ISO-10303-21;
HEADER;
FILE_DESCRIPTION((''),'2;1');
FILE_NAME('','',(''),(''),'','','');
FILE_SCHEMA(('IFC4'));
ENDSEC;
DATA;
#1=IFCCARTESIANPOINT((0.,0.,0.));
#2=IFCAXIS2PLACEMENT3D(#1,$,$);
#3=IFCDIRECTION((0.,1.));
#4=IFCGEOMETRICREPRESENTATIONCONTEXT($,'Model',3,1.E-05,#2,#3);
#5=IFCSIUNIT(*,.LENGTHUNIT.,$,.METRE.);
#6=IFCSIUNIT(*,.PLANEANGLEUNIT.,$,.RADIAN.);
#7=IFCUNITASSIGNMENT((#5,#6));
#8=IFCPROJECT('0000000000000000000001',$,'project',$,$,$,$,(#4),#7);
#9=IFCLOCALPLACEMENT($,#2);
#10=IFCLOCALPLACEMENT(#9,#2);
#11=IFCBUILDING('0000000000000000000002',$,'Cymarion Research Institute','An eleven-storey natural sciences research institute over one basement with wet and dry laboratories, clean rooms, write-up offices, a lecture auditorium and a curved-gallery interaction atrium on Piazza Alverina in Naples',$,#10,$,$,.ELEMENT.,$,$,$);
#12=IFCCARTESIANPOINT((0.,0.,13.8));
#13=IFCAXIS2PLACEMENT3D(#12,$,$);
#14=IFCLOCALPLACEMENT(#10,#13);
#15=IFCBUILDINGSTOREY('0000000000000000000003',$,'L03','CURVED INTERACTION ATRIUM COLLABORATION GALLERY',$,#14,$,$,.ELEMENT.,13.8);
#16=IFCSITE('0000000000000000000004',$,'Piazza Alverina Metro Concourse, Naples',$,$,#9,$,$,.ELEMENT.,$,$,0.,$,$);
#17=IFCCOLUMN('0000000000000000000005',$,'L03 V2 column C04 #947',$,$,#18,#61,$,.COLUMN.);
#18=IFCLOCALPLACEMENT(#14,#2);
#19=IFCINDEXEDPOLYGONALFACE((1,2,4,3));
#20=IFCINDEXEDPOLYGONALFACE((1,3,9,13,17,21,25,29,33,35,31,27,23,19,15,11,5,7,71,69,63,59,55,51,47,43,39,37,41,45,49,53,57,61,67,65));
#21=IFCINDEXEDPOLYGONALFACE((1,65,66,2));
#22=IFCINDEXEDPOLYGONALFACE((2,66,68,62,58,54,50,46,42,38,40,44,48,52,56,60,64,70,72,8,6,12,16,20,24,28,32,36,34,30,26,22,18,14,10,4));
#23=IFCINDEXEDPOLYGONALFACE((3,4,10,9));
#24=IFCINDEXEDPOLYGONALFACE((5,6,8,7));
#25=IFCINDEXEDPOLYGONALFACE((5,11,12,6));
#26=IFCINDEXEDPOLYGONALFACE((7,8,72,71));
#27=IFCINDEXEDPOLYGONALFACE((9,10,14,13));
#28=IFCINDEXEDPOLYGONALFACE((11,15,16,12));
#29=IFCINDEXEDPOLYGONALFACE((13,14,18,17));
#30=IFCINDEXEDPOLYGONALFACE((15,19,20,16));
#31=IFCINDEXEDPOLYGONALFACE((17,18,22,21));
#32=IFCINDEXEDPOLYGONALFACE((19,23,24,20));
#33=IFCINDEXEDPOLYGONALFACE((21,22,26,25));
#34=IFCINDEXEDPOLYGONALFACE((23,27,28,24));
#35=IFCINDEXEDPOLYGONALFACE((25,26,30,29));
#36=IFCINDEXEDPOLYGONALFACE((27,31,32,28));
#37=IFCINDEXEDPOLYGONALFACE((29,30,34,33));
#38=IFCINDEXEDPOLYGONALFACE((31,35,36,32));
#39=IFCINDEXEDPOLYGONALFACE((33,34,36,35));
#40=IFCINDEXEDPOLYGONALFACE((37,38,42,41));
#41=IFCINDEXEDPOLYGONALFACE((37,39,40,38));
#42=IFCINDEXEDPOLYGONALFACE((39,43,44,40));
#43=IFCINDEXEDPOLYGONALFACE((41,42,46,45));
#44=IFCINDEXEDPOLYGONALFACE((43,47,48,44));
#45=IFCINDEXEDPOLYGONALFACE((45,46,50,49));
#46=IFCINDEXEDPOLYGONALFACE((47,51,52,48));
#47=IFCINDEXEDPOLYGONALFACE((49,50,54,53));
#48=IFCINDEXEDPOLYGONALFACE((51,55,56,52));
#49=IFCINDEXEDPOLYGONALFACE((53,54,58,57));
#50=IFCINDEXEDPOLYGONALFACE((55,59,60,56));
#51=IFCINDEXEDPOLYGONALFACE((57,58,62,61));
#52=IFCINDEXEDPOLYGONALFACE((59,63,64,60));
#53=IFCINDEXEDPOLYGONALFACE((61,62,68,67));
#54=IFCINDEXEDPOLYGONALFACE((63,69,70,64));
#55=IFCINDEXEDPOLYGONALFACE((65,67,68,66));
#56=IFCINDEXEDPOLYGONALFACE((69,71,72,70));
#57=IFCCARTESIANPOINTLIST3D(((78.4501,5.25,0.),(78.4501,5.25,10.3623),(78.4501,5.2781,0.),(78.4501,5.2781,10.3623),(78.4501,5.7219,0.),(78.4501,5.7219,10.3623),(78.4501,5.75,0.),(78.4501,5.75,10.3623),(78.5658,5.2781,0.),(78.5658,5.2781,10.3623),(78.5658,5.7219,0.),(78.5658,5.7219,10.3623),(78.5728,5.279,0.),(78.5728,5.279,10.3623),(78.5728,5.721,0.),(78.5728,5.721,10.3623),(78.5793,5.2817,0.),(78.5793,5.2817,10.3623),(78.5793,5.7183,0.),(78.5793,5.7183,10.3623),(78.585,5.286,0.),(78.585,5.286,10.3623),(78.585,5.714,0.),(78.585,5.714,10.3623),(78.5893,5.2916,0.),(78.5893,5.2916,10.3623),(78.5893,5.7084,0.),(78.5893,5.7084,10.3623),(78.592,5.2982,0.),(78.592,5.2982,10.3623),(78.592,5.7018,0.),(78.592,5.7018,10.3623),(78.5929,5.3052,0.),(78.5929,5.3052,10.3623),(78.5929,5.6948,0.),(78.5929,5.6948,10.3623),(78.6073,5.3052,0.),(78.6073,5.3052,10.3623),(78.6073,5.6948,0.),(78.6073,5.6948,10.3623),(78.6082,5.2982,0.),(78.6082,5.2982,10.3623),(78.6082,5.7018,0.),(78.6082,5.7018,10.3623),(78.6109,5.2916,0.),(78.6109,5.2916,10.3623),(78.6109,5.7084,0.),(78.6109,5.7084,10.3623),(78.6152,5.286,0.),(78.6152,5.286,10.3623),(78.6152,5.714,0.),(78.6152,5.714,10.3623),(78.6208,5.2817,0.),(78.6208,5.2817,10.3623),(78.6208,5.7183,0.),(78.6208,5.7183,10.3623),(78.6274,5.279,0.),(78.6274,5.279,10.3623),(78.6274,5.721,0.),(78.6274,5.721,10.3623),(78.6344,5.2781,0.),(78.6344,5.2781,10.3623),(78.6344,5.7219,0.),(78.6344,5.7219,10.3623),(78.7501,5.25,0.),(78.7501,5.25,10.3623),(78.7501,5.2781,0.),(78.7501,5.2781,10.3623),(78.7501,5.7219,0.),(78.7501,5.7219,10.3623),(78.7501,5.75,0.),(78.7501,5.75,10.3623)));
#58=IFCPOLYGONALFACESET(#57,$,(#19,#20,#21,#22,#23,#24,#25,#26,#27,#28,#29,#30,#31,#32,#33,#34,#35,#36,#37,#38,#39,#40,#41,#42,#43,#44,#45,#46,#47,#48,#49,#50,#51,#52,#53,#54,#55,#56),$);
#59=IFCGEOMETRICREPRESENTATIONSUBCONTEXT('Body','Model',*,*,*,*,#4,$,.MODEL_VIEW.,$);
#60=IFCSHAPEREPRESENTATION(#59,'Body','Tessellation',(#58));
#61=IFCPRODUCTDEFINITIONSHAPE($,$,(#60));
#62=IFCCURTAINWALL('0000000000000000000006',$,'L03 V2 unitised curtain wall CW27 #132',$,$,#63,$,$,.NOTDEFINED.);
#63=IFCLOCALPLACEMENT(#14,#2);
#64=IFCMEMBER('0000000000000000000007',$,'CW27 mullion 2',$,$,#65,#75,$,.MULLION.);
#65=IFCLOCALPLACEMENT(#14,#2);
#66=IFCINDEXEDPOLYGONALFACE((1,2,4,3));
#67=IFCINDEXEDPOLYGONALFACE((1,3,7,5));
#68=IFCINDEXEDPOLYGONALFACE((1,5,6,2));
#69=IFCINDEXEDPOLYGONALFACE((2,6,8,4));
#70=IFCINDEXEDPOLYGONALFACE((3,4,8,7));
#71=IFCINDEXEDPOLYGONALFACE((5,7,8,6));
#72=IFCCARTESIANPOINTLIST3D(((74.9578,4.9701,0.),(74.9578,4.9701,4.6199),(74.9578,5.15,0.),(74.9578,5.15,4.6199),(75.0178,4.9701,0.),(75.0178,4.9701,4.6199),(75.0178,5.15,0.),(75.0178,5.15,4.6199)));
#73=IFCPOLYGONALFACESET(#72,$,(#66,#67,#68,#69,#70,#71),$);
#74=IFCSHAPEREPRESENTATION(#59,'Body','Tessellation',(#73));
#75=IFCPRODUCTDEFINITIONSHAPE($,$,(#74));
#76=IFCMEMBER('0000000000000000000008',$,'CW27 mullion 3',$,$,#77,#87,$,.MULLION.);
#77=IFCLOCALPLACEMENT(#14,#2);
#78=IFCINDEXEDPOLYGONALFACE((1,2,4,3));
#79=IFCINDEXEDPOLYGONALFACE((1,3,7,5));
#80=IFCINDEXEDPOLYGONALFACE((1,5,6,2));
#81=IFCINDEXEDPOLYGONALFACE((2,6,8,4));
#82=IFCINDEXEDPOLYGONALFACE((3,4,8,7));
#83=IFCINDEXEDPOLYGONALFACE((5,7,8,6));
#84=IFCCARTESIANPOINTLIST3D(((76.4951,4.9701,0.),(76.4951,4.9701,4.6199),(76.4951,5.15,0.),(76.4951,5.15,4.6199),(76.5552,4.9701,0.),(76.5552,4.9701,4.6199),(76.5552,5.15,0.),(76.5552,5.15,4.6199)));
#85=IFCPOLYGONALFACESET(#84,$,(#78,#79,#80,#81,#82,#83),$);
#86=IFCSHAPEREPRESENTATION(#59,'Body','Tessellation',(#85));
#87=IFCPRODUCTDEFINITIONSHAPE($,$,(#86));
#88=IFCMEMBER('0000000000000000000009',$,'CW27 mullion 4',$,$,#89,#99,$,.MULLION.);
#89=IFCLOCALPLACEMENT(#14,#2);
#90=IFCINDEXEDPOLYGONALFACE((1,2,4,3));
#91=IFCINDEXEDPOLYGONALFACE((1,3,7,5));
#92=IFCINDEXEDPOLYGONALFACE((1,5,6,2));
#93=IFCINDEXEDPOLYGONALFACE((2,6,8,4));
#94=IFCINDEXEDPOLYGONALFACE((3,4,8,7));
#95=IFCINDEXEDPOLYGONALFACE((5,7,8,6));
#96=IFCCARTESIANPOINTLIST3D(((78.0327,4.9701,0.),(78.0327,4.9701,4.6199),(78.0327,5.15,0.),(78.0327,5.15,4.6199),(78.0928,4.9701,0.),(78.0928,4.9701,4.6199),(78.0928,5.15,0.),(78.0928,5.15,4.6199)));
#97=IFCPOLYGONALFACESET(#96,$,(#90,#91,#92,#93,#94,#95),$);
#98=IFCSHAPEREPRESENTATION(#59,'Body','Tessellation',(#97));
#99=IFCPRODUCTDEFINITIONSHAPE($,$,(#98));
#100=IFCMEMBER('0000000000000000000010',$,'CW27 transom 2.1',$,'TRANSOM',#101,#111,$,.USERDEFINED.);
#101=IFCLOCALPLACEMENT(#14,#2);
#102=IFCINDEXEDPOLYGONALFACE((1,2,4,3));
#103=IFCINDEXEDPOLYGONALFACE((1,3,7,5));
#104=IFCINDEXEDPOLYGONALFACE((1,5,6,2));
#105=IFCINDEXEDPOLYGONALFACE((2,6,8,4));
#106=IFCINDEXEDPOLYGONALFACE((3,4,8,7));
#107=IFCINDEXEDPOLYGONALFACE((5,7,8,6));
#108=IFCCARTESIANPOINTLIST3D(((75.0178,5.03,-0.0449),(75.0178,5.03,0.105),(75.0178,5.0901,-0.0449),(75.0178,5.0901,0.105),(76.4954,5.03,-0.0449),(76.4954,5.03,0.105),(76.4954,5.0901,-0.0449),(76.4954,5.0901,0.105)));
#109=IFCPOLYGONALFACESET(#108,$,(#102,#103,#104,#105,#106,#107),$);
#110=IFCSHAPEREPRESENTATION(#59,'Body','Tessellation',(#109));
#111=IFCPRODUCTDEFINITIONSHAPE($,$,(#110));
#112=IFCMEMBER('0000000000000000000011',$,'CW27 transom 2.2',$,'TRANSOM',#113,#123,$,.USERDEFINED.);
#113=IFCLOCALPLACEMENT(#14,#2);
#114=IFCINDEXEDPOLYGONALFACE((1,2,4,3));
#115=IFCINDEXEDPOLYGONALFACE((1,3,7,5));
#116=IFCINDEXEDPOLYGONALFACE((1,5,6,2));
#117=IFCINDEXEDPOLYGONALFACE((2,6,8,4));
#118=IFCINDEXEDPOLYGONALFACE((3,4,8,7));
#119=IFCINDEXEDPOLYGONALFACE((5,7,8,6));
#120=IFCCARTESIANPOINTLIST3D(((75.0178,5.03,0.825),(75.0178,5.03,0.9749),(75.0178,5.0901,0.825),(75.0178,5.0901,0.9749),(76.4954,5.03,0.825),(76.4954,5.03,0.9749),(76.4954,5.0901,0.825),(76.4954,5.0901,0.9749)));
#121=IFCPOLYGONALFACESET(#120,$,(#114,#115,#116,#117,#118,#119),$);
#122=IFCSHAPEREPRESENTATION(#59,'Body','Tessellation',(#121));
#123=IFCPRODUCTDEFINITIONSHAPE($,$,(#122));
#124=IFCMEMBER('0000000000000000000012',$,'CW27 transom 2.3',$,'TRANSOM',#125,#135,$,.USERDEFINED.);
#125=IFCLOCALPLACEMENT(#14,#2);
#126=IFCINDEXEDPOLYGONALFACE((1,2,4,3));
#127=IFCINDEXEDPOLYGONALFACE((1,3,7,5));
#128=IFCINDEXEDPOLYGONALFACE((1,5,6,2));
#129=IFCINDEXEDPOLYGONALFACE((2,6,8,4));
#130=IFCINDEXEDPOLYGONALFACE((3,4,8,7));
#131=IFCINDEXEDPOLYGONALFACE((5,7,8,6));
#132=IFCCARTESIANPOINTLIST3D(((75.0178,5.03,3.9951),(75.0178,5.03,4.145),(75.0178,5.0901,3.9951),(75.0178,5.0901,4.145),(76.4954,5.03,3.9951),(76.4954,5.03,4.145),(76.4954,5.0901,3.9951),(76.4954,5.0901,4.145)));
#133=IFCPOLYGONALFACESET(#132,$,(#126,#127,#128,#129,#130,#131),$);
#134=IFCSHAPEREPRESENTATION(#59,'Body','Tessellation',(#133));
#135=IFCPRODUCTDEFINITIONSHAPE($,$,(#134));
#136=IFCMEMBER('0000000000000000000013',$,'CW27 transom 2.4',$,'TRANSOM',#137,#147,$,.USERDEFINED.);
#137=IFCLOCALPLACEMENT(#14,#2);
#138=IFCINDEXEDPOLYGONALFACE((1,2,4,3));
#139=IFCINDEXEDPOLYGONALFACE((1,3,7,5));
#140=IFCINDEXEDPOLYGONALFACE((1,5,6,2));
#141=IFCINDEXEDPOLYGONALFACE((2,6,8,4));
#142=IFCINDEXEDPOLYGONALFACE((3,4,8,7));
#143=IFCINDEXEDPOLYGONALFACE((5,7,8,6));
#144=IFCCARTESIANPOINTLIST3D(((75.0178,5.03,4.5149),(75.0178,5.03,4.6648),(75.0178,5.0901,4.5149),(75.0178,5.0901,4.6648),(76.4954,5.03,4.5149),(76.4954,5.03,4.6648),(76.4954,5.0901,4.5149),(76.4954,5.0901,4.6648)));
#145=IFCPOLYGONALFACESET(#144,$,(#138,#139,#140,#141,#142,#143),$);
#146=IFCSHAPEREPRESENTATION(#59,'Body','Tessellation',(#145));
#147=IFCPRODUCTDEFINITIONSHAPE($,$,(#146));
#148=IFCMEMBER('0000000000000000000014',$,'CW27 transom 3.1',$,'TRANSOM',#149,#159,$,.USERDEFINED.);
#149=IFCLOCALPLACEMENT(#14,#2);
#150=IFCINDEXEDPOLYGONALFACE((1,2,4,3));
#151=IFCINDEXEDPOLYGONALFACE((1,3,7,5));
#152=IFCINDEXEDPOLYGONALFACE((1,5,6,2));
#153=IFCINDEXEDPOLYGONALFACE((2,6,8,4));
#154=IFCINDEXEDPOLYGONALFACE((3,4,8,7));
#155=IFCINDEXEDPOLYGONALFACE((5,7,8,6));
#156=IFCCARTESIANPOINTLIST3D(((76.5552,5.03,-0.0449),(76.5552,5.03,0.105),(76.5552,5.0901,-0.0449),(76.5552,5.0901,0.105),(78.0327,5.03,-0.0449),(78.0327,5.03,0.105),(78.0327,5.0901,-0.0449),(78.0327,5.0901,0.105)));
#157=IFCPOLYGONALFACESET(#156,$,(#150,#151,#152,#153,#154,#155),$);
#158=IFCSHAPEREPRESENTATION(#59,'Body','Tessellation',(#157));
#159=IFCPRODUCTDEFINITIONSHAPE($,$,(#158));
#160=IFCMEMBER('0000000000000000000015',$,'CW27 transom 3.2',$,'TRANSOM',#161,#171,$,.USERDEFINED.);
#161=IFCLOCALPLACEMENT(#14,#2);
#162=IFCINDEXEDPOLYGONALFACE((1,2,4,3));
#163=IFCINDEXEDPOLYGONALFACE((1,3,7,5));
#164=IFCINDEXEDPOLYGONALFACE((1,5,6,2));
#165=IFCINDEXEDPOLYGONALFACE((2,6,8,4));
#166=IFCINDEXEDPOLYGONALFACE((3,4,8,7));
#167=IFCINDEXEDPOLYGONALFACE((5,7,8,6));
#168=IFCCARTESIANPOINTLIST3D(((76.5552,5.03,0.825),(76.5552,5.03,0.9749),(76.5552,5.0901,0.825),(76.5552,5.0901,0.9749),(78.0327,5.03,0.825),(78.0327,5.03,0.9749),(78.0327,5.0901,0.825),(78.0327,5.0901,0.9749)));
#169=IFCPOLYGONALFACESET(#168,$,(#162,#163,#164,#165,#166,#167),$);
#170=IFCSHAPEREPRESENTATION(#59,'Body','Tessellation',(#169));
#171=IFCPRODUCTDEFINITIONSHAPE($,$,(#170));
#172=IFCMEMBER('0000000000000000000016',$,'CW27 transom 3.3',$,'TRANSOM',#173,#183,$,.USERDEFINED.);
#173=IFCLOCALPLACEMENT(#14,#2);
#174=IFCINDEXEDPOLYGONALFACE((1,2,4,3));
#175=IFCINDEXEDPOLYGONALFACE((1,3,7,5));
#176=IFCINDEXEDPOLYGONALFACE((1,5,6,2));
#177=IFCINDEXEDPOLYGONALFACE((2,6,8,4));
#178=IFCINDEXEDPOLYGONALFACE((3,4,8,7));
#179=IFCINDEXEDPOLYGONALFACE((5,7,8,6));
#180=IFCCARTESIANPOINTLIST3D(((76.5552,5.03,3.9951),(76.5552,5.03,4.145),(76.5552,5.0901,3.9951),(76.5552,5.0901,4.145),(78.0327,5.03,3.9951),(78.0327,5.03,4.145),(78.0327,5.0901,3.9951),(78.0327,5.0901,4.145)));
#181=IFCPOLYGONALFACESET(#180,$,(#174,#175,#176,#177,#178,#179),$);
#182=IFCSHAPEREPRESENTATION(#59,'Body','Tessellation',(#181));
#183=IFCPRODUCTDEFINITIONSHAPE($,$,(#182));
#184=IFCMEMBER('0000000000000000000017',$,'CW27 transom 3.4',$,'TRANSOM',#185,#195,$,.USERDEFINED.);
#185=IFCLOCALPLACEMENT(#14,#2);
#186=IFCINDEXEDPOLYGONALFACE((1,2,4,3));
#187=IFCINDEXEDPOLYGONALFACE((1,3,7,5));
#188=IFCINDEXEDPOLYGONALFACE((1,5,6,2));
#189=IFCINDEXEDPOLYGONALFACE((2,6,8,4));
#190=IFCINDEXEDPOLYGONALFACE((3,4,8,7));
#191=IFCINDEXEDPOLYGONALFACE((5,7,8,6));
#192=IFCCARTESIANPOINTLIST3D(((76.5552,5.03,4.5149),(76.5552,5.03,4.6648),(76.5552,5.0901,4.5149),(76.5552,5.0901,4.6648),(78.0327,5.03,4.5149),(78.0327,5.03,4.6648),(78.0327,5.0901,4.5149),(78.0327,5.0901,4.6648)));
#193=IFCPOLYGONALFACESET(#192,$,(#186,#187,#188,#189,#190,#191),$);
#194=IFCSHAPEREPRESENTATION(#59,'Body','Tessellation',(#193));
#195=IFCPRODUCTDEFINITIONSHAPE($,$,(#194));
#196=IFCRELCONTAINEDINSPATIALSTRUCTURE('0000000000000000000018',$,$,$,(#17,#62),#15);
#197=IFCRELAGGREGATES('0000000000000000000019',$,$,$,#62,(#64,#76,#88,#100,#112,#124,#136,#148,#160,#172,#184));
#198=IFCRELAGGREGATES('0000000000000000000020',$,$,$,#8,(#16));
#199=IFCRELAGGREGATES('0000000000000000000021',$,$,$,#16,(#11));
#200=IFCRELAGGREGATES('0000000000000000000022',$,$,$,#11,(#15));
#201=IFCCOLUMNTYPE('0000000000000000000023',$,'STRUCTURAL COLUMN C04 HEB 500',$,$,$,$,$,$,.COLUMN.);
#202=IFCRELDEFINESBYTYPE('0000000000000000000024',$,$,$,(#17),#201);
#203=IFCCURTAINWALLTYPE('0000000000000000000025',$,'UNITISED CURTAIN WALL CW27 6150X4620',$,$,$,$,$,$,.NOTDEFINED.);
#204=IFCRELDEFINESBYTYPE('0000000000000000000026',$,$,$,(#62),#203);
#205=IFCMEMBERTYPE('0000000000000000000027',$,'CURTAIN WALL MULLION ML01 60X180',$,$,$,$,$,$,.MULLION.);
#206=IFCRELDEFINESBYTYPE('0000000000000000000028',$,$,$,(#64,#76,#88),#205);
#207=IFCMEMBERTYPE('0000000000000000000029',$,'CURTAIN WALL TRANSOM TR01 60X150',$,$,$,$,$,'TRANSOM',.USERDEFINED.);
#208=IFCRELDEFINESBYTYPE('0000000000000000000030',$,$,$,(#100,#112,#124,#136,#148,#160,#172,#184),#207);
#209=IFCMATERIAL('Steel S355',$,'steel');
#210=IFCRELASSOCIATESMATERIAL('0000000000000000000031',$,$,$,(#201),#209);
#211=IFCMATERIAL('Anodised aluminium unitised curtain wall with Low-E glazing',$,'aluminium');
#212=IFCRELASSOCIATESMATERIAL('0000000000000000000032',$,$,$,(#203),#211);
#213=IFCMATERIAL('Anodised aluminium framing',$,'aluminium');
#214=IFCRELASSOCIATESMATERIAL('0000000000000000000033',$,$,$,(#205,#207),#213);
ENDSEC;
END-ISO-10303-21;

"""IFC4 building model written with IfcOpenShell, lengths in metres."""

from ifc_helpers import new_model, si_unit, direction, frame, origin, origin_2d, place, context, subcontext, project, spatial, rectangle, i_section, extrude, material, material_profile, profile_set, type_object, element, aggregate, save


model = new_model("IFC4")

# Units and contexts
model_context = context("Model", 3, precision=1e-05, world=origin(), true_north=direction((0.0, 1.0)))
body_context = subcontext(model_context, "Body", "Model", "MODEL_VIEW")
ifc_project = project(units=[si_unit("LENGTHUNIT", "METRE"), si_unit("PLANEANGLEUNIT", "RADIAN")], contexts=[model_context])

# Site, building, storey
site_placement = place(None, origin())
site = spatial("IfcSite", under=ifc_project, at=site_placement, Name="Piazza Alverina Metro Concourse, Naples", CompositionType="ELEMENT", RefElevation=0.0)
building_placement = place(site_placement, origin())
building = spatial("IfcBuilding", under=site, at=building_placement, Name="Cymarion Research Institute", Description="An eleven-storey natural sciences research institute over one basement with wet and dry laboratories, clean rooms, write-up offices, a lecture auditorium and a curved-gallery interaction atrium on Piazza Alverina in Naples", CompositionType="ELEMENT")
storey_placement = place(building_placement, frame((0.0, 0.0, 13.8)))
storey = spatial("IfcBuildingStorey", under=building, at=storey_placement, Name="L03", Description="CURVED INTERACTION ATRIUM COLLABORATION GALLERY", CompositionType="ELEMENT", Elevation=13.8)

# Column
ifc_material_1 = material(Name="Steel S355", Category="steel")
ifc_material_profile_1 = material_profile(ifc_material_1, i_section(OverallWidth=0.3, OverallDepth=0.5, WebThickness=0.0144, FlangeThickness=0.0281, FilletRadius=0.0271, at=origin_2d()), Name="HEB 500")
ifc_profile_set_1 = profile_set([ifc_material_profile_1], Name="Steel S355")
column_type = type_object("IfcColumnType", Name="STRUCTURAL COLUMN C04 HEB 500", PredefinedType="COLUMN", material=ifc_profile_set_1)
column_placement = place(storey_placement, frame((78.6001, 5.5, 0.0), z_axis=(0.0, 0.0, 1.0), x_axis=(1.0, 0.0, 0.0)))
element("IfcColumn", 1, at=column_placement, inside=storey, type_object=column_type, Name="L03 V2 column C04 #947", PredefinedType="COLUMN", context=body_context, shape_type="SweptSolid", body=[
    extrude(i_section(OverallWidth=0.3, OverallDepth=0.5, WebThickness=0.0144, FlangeThickness=0.0281, FilletRadius=0.0271, at=origin_2d()), origin(), (0.0, 0.0, 1.0), 10.3623),
])

# Curtain wall, members
ifc_material_2 = material(Name="Anodised aluminium unitised curtain wall with Low-E glazing", Category="aluminium")
curtain_wall_type = type_object("IfcCurtainWallType", Name="UNITISED CURTAIN WALL CW27 6150X4620", PredefinedType="NOTDEFINED", material=ifc_material_2)
curtain_wall_placement = place(storey_placement, origin())
curtain_wall = element("IfcCurtainWall", 2, at=curtain_wall_placement, inside=storey, type_object=curtain_wall_type, Name="L03 V2 unitised curtain wall CW27 #132", PredefinedType="NOTDEFINED")
ifc_material_3 = material(Name="Anodised aluminium framing", Category="aluminium")
ifc_material_profile_2 = material_profile(ifc_material_3, rectangle(XDim=0.0601, YDim=0.1799, at=origin_2d()), Name="ALU MULLION 60x180")
ifc_profile_set_2 = profile_set([ifc_material_profile_2], Name="Anodised aluminium framing")
member_type_1 = type_object("IfcMemberType", Name="CURTAIN WALL MULLION ML01 60X180", PredefinedType="MULLION", material=ifc_profile_set_2)
member_1_placement = place(storey_placement, frame((74.9878, 5.0601, 0.0), z_axis=(0.0, 0.0, 1.0), x_axis=(1.0, 0.0, 0.0)))
member_1 = element("IfcMember", 3, at=member_1_placement, type_object=member_type_1, Name="CW27 mullion 2", PredefinedType="MULLION", context=body_context, shape_type="SweptSolid", body=[
    extrude(rectangle(XDim=0.0601, YDim=0.1799, at=origin_2d()), origin(), (0.0, 0.0, 1.0), 4.6199),
])
member_2_placement = place(storey_placement, frame((76.5251, 5.0601, 0.0), z_axis=(0.0, 0.0, 1.0), x_axis=(1.0, 0.0, 0.0)))
member_2 = element("IfcMember", 4, at=member_2_placement, type_object=member_type_1, Name="CW27 mullion 3", PredefinedType="MULLION", context=body_context, shape_type="SweptSolid", body=[
    extrude(rectangle(XDim=0.0601, YDim=0.1799, at=origin_2d()), origin(), (0.0, 0.0, 1.0), 4.6199),
])
member_3_placement = place(storey_placement, frame((78.0627, 5.0601, 0.0), z_axis=(0.0, 0.0, 1.0), x_axis=(1.0, 0.0, 0.0)))
member_3 = element("IfcMember", 5, at=member_3_placement, type_object=member_type_1, Name="CW27 mullion 4", PredefinedType="MULLION", context=body_context, shape_type="SweptSolid", body=[
    extrude(rectangle(XDim=0.0601, YDim=0.1799, at=origin_2d()), origin(), (0.0, 0.0, 1.0), 4.6199),
])
ifc_material_profile_3 = material_profile(ifc_material_3, rectangle(XDim=0.0601, YDim=0.1499, at=origin_2d()), Name="ALU TRANSOM 60x150")
ifc_profile_set_3 = profile_set([ifc_material_profile_3], Name="Anodised aluminium framing")
member_type_2 = type_object("IfcMemberType", Name="CURTAIN WALL TRANSOM TR01 60X150", ElementType="TRANSOM", PredefinedType="USERDEFINED", material=ifc_profile_set_3)
member_4_placement = place(storey_placement, frame((75.0178, 5.0601, 0.03), z_axis=(1.0, 0.0, 0.0), x_axis=(0.0, 1.0, 0.0)))
member_4 = element("IfcMember", 6, at=member_4_placement, type_object=member_type_2, Name="CW27 transom 2.1", ObjectType="TRANSOM", PredefinedType="USERDEFINED", context=body_context, shape_type="SweptSolid", body=[
    extrude(rectangle(XDim=0.0601, YDim=0.1499, at=origin_2d()), origin(), (0.0, 0.0, 1.0), 1.4775),
])
member_5_placement = place(storey_placement, frame((75.0178, 5.0601, 0.8999), z_axis=(1.0, 0.0, 0.0), x_axis=(0.0, 1.0, 0.0)))
member_5 = element("IfcMember", 7, at=member_5_placement, type_object=member_type_2, Name="CW27 transom 2.2", ObjectType="TRANSOM", PredefinedType="USERDEFINED", context=body_context, shape_type="SweptSolid", body=[
    extrude(rectangle(XDim=0.0601, YDim=0.1499, at=origin_2d()), origin(), (0.0, 0.0, 1.0), 1.4775),
])
member_6_placement = place(storey_placement, frame((75.0178, 5.0601, 4.0701), z_axis=(1.0, 0.0, 0.0), x_axis=(0.0, 1.0, 0.0)))
member_6 = element("IfcMember", 8, at=member_6_placement, type_object=member_type_2, Name="CW27 transom 2.3", ObjectType="TRANSOM", PredefinedType="USERDEFINED", context=body_context, shape_type="SweptSolid", body=[
    extrude(rectangle(XDim=0.0601, YDim=0.1499, at=origin_2d()), origin(), (0.0, 0.0, 1.0), 1.4775),
])
member_7_placement = place(storey_placement, frame((75.0178, 5.0601, 4.5898), z_axis=(1.0, 0.0, 0.0), x_axis=(0.0, 1.0, 0.0)))
member_7 = element("IfcMember", 9, at=member_7_placement, type_object=member_type_2, Name="CW27 transom 2.4", ObjectType="TRANSOM", PredefinedType="USERDEFINED", context=body_context, shape_type="SweptSolid", body=[
    extrude(rectangle(XDim=0.0601, YDim=0.1499, at=origin_2d()), origin(), (0.0, 0.0, 1.0), 1.4775),
])
member_8_placement = place(storey_placement, frame((76.5552, 5.0601, 0.03), z_axis=(1.0, 0.0, 0.0), x_axis=(0.0, 1.0, 0.0)))
member_8 = element("IfcMember", 10, at=member_8_placement, type_object=member_type_2, Name="CW27 transom 3.1", ObjectType="TRANSOM", PredefinedType="USERDEFINED", context=body_context, shape_type="SweptSolid", body=[
    extrude(rectangle(XDim=0.0601, YDim=0.1499, at=origin_2d()), origin(), (0.0, 0.0, 1.0), 1.4775),
])
member_9_placement = place(storey_placement, frame((76.5552, 5.0601, 0.8999), z_axis=(1.0, 0.0, 0.0), x_axis=(0.0, 1.0, 0.0)))
member_9 = element("IfcMember", 11, at=member_9_placement, type_object=member_type_2, Name="CW27 transom 3.2", ObjectType="TRANSOM", PredefinedType="USERDEFINED", context=body_context, shape_type="SweptSolid", body=[
    extrude(rectangle(XDim=0.0601, YDim=0.1499, at=origin_2d()), origin(), (0.0, 0.0, 1.0), 1.4775),
])
member_10_placement = place(storey_placement, frame((76.5552, 5.0601, 4.0701), z_axis=(1.0, 0.0, 0.0), x_axis=(0.0, 1.0, 0.0)))
member_10 = element("IfcMember", 12, at=member_10_placement, type_object=member_type_2, Name="CW27 transom 3.3", ObjectType="TRANSOM", PredefinedType="USERDEFINED", context=body_context, shape_type="SweptSolid", body=[
    extrude(rectangle(XDim=0.0601, YDim=0.1499, at=origin_2d()), origin(), (0.0, 0.0, 1.0), 1.4775),
])
member_11_placement = place(storey_placement, frame((76.5552, 5.0601, 4.5898), z_axis=(1.0, 0.0, 0.0), x_axis=(0.0, 1.0, 0.0)))
member_11 = element("IfcMember", 13, at=member_11_placement, type_object=member_type_2, Name="CW27 transom 3.4", ObjectType="TRANSOM", PredefinedType="USERDEFINED", context=body_context, shape_type="SweptSolid", body=[
    extrude(rectangle(XDim=0.0601, YDim=0.1499, at=origin_2d()), origin(), (0.0, 0.0, 1.0), 1.4775),
])

aggregate(curtain_wall, [member_1, member_2, member_3, member_4, member_5, member_6, member_7, member_8, member_9, member_10, member_11])

save(model, "model.ifc")
